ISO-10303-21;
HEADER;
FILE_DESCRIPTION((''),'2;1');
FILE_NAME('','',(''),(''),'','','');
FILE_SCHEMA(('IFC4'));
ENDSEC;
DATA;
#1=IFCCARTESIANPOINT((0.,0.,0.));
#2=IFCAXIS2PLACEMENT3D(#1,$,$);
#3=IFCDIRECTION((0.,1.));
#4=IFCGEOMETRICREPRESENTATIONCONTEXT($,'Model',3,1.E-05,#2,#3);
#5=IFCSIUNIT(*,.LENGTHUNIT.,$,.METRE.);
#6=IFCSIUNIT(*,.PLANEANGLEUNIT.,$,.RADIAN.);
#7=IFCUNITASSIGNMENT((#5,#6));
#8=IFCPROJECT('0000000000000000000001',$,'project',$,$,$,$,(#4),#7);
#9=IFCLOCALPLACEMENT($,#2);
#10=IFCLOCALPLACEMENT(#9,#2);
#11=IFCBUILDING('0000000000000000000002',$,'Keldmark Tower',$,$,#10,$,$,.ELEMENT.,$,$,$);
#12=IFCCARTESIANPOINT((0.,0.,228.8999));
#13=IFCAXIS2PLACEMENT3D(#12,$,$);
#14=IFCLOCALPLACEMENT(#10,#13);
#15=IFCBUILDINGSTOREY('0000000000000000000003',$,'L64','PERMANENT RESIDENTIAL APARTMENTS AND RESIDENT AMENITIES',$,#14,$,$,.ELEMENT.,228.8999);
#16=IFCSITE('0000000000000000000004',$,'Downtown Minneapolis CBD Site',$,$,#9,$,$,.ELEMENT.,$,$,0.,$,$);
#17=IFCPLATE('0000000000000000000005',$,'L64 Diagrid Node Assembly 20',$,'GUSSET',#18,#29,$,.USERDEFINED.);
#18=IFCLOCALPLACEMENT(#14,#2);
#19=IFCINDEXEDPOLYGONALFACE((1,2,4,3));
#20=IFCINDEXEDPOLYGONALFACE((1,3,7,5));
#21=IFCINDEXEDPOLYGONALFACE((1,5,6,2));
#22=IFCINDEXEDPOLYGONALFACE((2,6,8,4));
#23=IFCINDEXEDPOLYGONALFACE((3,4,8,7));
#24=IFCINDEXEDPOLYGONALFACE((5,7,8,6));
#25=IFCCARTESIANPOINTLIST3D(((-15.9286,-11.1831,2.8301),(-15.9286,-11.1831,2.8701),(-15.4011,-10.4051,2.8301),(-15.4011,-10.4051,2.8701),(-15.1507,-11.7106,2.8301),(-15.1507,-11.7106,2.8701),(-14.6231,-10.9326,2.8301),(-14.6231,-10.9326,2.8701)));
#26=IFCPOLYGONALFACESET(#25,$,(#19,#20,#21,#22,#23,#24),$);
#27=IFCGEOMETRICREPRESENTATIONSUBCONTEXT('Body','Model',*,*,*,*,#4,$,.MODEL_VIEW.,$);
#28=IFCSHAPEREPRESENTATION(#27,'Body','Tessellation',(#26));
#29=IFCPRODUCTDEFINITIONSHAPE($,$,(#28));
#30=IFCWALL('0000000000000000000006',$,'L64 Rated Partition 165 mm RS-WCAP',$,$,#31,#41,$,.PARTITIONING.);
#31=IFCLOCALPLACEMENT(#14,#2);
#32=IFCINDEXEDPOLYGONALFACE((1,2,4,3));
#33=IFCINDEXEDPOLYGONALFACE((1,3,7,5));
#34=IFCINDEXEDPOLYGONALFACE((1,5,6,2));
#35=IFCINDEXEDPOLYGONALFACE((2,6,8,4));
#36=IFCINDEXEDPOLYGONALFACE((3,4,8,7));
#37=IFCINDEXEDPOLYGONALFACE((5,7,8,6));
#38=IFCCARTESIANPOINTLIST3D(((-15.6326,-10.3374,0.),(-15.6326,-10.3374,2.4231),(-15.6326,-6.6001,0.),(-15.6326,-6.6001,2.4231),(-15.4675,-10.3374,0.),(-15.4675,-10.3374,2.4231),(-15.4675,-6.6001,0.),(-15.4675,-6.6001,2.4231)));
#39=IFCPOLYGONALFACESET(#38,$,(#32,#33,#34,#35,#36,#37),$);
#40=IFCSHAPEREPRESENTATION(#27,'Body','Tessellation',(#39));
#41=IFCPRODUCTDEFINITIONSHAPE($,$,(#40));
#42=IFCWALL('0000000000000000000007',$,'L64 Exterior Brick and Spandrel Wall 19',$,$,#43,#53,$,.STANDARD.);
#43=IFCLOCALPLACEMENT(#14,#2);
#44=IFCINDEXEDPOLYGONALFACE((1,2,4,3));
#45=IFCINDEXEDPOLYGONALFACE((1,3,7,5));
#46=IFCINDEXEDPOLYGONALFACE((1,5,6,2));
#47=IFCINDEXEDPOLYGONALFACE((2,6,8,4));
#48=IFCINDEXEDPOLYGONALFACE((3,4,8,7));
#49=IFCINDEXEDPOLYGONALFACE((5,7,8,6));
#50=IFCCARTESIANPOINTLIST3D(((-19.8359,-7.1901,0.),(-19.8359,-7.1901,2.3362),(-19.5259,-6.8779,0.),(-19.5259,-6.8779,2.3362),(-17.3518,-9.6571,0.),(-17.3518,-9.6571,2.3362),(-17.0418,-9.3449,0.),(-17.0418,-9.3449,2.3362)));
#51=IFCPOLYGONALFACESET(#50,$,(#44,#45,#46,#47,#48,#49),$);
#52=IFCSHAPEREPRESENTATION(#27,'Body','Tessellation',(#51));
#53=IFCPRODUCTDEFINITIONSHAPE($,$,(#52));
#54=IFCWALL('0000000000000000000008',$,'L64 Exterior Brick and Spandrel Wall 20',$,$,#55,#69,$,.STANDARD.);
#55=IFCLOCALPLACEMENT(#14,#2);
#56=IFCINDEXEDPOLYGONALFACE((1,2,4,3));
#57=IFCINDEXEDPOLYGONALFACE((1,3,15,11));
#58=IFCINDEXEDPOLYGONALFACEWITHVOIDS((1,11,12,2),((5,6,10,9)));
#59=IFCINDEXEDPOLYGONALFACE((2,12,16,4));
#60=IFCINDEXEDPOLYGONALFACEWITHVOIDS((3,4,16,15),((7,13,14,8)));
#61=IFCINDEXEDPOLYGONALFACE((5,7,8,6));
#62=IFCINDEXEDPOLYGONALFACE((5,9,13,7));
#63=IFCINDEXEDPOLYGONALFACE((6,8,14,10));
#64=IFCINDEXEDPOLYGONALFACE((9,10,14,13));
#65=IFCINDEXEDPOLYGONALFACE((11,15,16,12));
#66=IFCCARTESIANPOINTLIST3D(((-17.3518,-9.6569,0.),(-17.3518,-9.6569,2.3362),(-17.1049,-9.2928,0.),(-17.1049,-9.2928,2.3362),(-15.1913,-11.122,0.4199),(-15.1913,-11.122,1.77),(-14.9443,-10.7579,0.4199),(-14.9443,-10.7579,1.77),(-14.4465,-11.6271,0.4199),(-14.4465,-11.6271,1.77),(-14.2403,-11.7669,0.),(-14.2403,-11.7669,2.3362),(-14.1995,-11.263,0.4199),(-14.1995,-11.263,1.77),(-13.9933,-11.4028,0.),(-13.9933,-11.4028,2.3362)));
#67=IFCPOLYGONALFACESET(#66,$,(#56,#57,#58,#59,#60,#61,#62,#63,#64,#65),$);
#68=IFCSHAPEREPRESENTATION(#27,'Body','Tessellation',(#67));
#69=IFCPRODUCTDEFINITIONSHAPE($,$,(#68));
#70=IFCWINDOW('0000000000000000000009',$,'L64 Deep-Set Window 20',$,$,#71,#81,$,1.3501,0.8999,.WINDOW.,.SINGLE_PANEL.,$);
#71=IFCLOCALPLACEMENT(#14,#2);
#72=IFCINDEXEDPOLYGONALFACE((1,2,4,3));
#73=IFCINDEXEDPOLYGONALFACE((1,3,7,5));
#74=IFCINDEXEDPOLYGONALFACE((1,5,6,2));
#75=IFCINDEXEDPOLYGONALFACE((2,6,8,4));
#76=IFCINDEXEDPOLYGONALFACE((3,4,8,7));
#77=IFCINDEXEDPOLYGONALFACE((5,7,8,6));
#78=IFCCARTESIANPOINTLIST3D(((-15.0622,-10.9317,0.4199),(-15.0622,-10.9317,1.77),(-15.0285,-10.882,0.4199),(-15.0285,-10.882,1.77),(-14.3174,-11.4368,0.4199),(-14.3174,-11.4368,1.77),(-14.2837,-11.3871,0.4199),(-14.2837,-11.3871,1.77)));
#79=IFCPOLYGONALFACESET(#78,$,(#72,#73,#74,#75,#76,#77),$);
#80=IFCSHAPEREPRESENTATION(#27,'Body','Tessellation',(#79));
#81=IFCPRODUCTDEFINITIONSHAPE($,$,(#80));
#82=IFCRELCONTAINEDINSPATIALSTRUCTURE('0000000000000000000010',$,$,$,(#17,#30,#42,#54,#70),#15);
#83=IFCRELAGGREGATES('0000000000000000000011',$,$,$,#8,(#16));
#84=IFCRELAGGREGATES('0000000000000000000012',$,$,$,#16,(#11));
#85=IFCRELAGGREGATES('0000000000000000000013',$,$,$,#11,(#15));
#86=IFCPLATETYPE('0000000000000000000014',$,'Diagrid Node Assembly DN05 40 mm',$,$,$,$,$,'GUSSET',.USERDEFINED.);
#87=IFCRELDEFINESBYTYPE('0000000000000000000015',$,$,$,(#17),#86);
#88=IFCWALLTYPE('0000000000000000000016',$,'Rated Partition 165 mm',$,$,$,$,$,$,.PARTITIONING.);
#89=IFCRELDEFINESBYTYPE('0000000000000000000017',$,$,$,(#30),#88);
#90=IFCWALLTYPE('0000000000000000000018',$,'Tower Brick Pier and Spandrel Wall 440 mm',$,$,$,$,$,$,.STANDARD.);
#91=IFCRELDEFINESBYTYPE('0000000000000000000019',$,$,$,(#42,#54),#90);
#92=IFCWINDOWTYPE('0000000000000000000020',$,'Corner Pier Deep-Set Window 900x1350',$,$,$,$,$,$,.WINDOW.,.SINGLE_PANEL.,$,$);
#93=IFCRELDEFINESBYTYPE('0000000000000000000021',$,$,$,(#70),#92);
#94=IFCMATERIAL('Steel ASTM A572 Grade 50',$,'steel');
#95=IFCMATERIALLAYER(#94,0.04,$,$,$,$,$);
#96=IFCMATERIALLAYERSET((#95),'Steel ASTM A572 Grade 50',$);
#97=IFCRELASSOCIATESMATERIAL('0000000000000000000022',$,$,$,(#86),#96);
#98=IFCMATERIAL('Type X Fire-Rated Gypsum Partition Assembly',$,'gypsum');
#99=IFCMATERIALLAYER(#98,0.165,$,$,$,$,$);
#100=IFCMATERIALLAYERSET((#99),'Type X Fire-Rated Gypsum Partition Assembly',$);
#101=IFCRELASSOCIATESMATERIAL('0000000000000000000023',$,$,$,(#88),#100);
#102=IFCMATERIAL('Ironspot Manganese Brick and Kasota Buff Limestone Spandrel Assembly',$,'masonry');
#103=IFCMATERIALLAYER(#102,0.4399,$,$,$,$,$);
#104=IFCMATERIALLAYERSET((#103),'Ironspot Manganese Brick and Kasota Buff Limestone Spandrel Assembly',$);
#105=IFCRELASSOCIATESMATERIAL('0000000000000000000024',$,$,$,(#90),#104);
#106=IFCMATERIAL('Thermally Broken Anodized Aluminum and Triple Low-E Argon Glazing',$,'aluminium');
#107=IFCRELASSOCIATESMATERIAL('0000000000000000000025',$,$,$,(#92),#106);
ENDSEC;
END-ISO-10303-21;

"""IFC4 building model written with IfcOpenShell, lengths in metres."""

from ifc_helpers import new_model, si_unit, direction, frame, frame_2d, origin, origin_2d, place, context, subcontext, project, spatial, rectangle, extrude, material, layer, layer_set, type_object, element, fill, save


model = new_model("IFC4")

# Units and contexts
model_context = context("Model", 3, precision=1e-05, world=origin(), true_north=direction((0.0, 1.0)))
body_context = subcontext(model_context, "Body", "Model", "MODEL_VIEW")
ifc_project = project(units=[si_unit("LENGTHUNIT", "METRE"), si_unit("PLANEANGLEUNIT", "RADIAN")], contexts=[model_context])

# Site, building, storey
site_placement = place(None, origin())
site = spatial("IfcSite", under=ifc_project, at=site_placement, Name="Downtown Minneapolis CBD Site", CompositionType="ELEMENT", RefElevation=0.0)
building_placement = place(site_placement, origin())
building = spatial("IfcBuilding", under=site, at=building_placement, Name="Keldmark Tower", CompositionType="ELEMENT")
storey_placement = place(building_placement, frame((0.0, 0.0, 228.8999)))
storey = spatial("IfcBuildingStorey", under=building, at=storey_placement, Name="L64", Description="PERMANENT RESIDENTIAL APARTMENTS AND RESIDENT AMENITIES", CompositionType="ELEMENT", Elevation=228.8999)

# Plate
ifc_material_1 = material(Name="Steel ASTM A572 Grade 50", Category="steel")
ifc_layer_1 = layer(ifc_material_1, 0.04)
ifc_layer_set_1 = layer_set([ifc_layer_1], Name="Steel ASTM A572 Grade 50")
plate_type = type_object("IfcPlateType", Name="Diagrid Node Assembly DN05 40 mm", ElementType="GUSSET", PredefinedType="USERDEFINED", material=ifc_layer_set_1)
for number, where, z_axis, x_axis, name in (
    (1, (-15.2759, -11.0579, 2.8301), (0.0, 0.0, 1.0), (0.827669, -0.561217, 0.0), "L64 Diagrid Node Assembly 20"),
):
    element("IfcPlate", number, at=place(storey_placement, frame(where, z_axis=z_axis, x_axis=x_axis)), inside=storey, type_object=plate_type, Name=name, ObjectType="GUSSET", PredefinedType="USERDEFINED", context=body_context, shape_type="SweptSolid", body=[
        extrude(rectangle(XDim=0.9399, YDim=0.9399, at=origin_2d()), origin(), (0.0, 0.0, 1.0), 0.04),
    ])

# Walls
ifc_material_2 = material(Name="Type X Fire-Rated Gypsum Partition Assembly", Category="gypsum")
ifc_layer_2 = layer(ifc_material_2, 0.165)
ifc_layer_set_2 = layer_set([ifc_layer_2], Name="Type X Fire-Rated Gypsum Partition Assembly")
wall_type_1 = type_object("IfcWallType", Name="Rated Partition 165 mm", PredefinedType="PARTITIONING", material=ifc_layer_set_2)
wall_1_placement = place(storey_placement, frame((-15.55, -10.3374, 0.0), z_axis=(0.0, 0.0, 1.0), x_axis=(0.0, 1.0, 0.0)))
element("IfcWall", 2, at=wall_1_placement, inside=storey, type_object=wall_type_1, Name="L64 Rated Partition 165 mm RS-WCAP", PredefinedType="PARTITIONING", context=body_context, shape_type="SweptSolid", body=[
    extrude(rectangle(XDim=3.7373, YDim=0.165, at=frame_2d((1.8687, 0.0))), origin(), (0.0, 0.0, 1.0), 2.4231),
])
ifc_material_3 = material(Name="Ironspot Manganese Brick and Kasota Buff Limestone Spandrel Assembly", Category="masonry")
ifc_layer_3 = layer(ifc_material_3, 0.4399)
ifc_layer_set_3 = layer_set([ifc_layer_3], Name="Ironspot Manganese Brick and Kasota Buff Limestone Spandrel Assembly")
wall_type_2 = type_object("IfcWallType", Name="Tower Brick Pier and Spandrel Wall 440 mm", PredefinedType="STANDARD", material=ifc_layer_set_3)
wall_2_placement = place(storey_placement, frame((-17.1968, -9.501, 0.0), z_axis=(0.0, 0.0, 1.0), x_axis=(-0.709543, 0.704662, 0.0)))
element("IfcWall", 3, at=wall_2_placement, inside=storey, type_object=wall_type_2, Name="L64 Exterior Brick and Spandrel Wall 19", PredefinedType="STANDARD", context=body_context, shape_type="SweptSolid", body=[
    extrude(rectangle(XDim=3.501, YDim=0.4399, at=frame_2d((1.7505, 0.0))), origin(), (0.0, 0.0, 1.0), 2.3362),
])

# Wall, opening, window
wall_3_placement = place(storey_placement, frame((-14.1167, -11.585, 0.0), z_axis=(0.0, 0.0, 1.0), x_axis=(-0.827638, 0.561262, 0.0)))
wall_3 = element("IfcWall", 4, at=wall_3_placement, inside=storey, type_object=wall_type_2, Name="L64 Exterior Brick and Spandrel Wall 20", PredefinedType="STANDARD", context=body_context, shape_type="SweptSolid", body=[
    extrude(rectangle(XDim=3.7595, YDim=0.4399, at=frame_2d((1.8799, 0.0))), origin(), (0.0, 0.0, 1.0), 2.3362),
])
opening_placement = place(wall_3_placement, frame((0.2493, 0.0, 0.4199)))
opening = element("IfcOpeningElement", 5, at=opening_placement, cuts=wall_3, PredefinedType="OPENING", context=body_context, shape_type="SweptSolid", body=[
    extrude(rectangle(XDim=0.8999, YDim=1.3501, at=frame_2d((0.45, 0.675))), frame((0.0, 0.23, 0.0), z_axis=(0.0, -1.0, 0.0), x_axis=(1.0, 0.0, 0.0)), (0.0, 0.0, 1.0), 0.46),
])
ifc_material_4 = material(Name="Thermally Broken Anodized Aluminum and Triple Low-E Argon Glazing", Category="aluminium")
window_type = type_object("IfcWindowType", Name="Corner Pier Deep-Set Window 900x1350", PartitioningType="SINGLE_PANEL", PredefinedType="WINDOW", material=ifc_material_4)
window_placement = place(opening_placement, origin())
window = element("IfcWindow", 6, at=window_placement, inside=storey, type_object=window_type, Name="L64 Deep-Set Window 20", OverallHeight=1.3501, OverallWidth=0.8999, PartitioningType="SINGLE_PANEL", PredefinedType="WINDOW", context=body_context, shape_type="SweptSolid", body=[
    extrude(rectangle(XDim=0.8999, YDim=1.3501, at=frame_2d((0.45, 0.675))), frame((0.0, -0.01, 0.0), z_axis=(0.0, -1.0, 0.0), x_axis=(1.0, 0.0, 0.0)), (0.0, 0.0, 1.0), 0.0601),
])
fill(opening, window)

save(model, "model.ifc")
